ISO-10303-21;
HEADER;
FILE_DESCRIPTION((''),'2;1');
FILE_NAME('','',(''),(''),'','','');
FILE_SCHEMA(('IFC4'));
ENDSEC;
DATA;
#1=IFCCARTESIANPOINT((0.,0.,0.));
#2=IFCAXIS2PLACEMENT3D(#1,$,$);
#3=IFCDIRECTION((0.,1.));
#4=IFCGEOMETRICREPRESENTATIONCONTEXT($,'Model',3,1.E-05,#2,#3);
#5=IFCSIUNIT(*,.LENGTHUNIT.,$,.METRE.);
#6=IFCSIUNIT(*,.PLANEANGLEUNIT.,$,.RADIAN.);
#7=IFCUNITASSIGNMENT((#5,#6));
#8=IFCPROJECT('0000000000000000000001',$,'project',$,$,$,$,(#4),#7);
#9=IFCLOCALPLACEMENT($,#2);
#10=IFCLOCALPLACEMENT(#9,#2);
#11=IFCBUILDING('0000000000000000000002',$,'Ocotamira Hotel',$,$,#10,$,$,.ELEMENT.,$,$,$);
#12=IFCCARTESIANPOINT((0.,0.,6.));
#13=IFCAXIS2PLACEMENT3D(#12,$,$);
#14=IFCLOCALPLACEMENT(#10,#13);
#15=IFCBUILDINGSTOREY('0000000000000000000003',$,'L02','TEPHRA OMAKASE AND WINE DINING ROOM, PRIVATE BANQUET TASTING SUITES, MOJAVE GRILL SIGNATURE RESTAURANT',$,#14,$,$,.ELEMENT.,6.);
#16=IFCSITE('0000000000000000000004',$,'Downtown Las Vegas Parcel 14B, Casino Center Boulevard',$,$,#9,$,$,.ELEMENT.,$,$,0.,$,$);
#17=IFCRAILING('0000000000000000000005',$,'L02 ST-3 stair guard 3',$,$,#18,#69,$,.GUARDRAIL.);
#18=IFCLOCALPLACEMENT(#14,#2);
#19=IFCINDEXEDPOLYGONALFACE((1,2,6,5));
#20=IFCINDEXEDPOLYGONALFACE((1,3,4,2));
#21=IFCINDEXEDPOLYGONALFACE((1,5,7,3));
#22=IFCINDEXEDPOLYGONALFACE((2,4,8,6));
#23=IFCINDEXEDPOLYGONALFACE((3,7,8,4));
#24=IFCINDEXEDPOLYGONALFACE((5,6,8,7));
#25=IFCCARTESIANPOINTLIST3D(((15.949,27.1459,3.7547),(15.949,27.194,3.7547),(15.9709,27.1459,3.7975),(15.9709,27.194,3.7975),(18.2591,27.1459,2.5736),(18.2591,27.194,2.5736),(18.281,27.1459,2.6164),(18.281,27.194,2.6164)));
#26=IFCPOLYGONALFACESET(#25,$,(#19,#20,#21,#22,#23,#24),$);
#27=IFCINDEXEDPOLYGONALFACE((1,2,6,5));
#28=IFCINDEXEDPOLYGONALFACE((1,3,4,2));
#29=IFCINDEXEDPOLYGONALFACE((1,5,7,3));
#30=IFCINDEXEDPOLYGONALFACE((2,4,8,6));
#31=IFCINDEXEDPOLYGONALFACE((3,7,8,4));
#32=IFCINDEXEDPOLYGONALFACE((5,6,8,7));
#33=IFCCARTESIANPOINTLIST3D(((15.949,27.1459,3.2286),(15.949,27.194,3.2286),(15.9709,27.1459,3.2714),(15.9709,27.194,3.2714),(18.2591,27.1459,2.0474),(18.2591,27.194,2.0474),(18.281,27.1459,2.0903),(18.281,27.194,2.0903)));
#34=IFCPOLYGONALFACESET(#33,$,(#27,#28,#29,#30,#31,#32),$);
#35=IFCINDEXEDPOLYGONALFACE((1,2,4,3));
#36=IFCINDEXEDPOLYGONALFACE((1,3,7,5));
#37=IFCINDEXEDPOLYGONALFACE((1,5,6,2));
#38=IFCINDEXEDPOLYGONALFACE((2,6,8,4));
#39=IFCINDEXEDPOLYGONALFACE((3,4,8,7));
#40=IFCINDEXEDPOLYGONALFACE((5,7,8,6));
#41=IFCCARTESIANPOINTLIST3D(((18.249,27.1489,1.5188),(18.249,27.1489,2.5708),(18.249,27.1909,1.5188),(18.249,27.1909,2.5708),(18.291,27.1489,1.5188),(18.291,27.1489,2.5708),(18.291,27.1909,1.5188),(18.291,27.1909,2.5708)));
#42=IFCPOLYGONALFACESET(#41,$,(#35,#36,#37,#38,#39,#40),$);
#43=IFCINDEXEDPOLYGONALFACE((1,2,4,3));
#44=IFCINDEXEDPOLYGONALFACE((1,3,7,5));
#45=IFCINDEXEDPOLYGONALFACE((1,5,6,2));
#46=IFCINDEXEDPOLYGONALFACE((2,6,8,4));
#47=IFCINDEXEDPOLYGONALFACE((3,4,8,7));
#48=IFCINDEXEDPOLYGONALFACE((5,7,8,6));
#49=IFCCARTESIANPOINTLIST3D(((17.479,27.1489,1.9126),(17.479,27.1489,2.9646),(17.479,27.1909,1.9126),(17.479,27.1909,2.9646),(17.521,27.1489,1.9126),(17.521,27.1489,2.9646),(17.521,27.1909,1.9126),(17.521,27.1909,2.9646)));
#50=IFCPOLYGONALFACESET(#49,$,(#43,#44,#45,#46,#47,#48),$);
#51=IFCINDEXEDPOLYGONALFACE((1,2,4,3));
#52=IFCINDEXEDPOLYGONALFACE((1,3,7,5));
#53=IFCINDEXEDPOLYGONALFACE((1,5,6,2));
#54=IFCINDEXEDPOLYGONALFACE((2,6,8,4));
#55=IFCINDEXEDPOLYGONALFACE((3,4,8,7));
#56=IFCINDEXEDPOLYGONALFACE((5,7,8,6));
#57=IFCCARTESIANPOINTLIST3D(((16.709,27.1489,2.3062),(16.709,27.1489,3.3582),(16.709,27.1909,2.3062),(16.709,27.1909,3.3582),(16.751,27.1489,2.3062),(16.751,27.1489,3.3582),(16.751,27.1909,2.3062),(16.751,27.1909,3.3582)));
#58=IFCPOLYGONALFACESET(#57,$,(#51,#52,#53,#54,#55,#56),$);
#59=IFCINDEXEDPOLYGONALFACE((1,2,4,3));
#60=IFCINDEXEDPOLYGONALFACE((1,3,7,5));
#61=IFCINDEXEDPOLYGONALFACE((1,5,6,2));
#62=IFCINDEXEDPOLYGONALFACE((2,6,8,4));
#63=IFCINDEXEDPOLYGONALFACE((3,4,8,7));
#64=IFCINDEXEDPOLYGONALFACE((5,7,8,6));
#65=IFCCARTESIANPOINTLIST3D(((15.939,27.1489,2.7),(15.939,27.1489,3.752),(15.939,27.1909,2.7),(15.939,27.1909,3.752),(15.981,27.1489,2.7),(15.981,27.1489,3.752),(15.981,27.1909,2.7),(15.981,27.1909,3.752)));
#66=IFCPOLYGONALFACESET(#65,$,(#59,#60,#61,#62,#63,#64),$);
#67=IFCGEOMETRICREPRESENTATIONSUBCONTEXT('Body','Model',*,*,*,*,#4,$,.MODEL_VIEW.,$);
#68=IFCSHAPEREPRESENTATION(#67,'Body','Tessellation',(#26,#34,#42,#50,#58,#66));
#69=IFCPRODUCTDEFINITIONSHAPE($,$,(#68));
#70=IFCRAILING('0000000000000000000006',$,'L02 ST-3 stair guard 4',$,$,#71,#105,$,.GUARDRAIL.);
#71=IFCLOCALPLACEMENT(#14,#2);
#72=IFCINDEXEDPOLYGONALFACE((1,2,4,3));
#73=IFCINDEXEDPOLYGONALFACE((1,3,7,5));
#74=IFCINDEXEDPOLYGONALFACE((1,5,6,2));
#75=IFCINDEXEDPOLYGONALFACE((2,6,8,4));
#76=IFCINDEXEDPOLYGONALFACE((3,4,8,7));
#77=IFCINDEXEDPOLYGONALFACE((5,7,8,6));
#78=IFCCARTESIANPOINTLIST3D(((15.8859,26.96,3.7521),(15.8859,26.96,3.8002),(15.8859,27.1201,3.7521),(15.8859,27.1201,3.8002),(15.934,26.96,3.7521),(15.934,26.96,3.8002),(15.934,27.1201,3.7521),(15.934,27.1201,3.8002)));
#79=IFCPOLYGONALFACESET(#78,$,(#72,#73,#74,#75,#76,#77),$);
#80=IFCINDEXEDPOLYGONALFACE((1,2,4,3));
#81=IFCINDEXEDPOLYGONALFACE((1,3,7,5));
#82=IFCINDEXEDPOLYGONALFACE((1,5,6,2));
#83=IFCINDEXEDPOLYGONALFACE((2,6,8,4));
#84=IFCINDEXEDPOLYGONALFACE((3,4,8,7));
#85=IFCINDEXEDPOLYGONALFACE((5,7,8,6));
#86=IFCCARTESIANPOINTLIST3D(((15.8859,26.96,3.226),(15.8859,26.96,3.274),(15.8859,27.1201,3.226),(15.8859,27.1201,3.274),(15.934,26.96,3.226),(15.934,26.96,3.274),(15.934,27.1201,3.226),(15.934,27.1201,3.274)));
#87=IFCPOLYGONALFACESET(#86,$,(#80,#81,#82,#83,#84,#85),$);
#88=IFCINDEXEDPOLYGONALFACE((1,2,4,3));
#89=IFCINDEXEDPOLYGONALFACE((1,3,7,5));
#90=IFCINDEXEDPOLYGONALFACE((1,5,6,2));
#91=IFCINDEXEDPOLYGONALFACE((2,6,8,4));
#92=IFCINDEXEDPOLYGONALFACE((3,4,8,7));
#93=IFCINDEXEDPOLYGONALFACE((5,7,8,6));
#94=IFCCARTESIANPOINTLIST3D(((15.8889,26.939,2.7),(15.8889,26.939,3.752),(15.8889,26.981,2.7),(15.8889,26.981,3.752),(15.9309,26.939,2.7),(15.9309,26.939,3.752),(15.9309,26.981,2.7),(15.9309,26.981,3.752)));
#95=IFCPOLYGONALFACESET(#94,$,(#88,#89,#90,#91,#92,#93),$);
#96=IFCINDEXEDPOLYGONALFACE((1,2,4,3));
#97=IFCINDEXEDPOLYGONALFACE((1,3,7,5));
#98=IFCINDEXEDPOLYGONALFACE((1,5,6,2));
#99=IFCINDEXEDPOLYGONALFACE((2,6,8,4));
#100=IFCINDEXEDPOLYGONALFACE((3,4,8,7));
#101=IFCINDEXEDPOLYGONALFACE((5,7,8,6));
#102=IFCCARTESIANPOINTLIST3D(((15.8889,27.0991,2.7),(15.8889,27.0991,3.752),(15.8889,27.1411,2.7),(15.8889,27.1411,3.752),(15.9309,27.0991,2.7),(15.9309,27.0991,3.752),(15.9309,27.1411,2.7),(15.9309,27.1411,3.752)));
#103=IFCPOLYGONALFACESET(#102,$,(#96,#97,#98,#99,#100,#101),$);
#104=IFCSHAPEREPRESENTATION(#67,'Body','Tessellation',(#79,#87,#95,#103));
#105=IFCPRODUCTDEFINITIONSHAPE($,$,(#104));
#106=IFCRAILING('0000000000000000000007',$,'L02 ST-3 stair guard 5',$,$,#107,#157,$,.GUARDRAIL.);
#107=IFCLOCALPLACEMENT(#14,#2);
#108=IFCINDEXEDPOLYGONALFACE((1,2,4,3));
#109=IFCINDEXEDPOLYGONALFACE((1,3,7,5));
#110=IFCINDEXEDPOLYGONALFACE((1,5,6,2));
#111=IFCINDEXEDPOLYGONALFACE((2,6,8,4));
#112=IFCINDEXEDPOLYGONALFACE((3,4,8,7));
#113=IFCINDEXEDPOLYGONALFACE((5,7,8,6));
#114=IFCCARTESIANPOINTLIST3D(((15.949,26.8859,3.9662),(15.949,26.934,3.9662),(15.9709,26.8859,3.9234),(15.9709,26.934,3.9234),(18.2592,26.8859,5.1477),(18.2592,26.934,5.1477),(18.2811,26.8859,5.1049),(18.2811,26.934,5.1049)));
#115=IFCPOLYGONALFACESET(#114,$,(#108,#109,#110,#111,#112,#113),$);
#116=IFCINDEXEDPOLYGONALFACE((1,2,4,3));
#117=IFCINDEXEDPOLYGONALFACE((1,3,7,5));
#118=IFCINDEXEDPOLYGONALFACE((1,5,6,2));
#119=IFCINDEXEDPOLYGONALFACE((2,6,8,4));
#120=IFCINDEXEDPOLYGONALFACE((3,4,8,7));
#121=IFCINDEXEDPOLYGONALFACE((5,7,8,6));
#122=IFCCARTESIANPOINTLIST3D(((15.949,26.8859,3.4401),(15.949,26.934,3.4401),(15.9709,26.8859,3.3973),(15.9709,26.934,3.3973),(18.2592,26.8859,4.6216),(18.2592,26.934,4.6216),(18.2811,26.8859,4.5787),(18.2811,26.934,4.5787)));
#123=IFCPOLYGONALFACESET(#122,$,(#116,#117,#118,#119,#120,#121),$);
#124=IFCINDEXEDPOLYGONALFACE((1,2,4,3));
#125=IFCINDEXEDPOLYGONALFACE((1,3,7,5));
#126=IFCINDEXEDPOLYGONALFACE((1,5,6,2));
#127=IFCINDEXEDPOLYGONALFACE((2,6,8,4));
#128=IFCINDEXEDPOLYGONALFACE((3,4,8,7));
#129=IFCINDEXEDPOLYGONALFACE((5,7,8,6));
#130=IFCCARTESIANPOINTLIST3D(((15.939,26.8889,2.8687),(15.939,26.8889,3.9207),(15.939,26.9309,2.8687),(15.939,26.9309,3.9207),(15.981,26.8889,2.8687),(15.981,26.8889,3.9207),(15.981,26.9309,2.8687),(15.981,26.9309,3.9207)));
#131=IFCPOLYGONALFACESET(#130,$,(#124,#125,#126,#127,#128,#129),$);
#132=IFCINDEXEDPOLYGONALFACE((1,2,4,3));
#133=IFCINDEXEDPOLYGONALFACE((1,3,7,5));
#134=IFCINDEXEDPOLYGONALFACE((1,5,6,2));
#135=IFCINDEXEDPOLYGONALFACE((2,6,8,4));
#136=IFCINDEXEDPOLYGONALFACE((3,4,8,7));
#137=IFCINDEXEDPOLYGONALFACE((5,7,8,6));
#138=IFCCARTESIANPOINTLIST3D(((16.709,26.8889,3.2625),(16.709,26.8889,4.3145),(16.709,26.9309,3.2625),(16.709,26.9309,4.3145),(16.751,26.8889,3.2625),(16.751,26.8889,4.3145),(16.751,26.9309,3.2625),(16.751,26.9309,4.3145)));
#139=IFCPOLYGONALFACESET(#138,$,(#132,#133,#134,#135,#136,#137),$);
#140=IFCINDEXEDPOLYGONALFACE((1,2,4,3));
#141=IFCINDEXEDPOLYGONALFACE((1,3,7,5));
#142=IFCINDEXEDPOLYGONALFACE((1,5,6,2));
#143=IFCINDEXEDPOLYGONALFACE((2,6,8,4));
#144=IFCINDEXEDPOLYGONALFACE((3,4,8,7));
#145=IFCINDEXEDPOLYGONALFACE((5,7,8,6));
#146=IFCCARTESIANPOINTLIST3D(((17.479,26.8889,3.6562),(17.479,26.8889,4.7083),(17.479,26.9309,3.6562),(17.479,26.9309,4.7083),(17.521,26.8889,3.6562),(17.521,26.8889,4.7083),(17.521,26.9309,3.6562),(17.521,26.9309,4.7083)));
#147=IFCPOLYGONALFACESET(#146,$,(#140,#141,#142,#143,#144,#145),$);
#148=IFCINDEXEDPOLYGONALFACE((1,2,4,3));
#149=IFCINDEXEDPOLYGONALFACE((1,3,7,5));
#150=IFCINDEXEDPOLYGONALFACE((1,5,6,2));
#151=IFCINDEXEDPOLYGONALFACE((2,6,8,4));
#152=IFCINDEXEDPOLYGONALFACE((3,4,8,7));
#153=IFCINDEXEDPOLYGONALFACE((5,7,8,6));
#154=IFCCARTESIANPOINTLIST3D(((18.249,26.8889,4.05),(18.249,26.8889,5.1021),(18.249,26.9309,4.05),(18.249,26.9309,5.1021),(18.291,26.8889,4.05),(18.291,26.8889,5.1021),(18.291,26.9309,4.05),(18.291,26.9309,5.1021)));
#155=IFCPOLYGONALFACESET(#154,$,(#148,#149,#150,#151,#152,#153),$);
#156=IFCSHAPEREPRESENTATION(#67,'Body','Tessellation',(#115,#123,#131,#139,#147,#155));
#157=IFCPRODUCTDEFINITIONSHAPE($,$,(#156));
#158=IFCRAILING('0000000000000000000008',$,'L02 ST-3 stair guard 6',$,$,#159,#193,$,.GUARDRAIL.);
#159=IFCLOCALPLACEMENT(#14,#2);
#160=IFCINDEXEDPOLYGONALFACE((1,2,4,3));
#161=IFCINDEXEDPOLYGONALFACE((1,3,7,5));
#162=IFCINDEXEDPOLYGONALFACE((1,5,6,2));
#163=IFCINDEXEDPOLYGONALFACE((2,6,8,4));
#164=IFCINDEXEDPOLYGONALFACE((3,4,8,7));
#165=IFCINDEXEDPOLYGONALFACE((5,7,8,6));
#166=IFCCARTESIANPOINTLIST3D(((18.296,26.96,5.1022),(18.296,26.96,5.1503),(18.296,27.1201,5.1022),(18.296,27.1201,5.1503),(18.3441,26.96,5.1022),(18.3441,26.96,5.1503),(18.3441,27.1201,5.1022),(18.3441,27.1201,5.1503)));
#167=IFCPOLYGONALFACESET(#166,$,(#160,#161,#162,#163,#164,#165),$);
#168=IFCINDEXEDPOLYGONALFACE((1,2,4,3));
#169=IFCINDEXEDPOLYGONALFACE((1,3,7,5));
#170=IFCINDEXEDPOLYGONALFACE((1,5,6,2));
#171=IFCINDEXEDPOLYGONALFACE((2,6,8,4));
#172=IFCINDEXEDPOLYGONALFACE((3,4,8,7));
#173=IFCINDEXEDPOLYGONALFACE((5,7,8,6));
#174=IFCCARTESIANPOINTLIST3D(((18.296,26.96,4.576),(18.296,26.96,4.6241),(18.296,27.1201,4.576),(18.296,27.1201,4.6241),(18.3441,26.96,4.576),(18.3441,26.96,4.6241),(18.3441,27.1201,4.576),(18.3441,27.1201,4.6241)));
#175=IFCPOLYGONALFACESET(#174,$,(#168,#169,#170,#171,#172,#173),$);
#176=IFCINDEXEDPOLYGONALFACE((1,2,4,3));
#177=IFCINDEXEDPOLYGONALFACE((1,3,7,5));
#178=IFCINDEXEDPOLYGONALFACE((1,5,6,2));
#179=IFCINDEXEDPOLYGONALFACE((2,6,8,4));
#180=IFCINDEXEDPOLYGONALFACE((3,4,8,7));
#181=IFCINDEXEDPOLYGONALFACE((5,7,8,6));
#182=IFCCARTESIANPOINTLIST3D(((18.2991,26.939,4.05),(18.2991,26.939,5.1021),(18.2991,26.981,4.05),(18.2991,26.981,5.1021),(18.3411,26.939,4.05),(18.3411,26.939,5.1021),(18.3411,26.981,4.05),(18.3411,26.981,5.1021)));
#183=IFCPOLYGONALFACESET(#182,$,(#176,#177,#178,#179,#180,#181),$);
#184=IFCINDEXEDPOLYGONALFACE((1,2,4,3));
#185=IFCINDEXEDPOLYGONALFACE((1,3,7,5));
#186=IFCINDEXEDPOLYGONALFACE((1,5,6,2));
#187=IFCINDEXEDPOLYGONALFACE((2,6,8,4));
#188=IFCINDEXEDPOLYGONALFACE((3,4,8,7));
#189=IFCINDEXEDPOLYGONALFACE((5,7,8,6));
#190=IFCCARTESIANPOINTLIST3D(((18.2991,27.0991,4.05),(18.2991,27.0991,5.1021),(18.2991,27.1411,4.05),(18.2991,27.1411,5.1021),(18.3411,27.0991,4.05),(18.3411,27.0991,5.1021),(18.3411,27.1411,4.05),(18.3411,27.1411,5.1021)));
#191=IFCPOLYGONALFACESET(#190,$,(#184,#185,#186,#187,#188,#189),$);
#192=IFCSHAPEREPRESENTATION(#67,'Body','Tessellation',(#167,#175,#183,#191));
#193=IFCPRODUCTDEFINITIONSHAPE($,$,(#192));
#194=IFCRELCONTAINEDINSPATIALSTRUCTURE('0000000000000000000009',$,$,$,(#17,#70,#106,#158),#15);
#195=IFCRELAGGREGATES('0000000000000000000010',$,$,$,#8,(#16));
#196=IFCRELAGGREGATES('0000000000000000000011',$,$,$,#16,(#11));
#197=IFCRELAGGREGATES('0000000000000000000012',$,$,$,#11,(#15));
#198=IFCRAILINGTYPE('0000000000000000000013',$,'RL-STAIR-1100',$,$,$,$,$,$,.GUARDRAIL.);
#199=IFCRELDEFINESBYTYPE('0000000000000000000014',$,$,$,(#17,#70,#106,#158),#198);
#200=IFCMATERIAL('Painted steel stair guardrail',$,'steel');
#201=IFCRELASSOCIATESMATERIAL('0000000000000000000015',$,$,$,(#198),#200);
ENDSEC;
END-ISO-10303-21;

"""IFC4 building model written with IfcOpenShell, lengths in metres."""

from ifc_helpers import new_model, si_unit, direction, frame, origin, origin_2d, place, context, subcontext, project, spatial, rectangle, extrude, material, type_object, element, save


model = new_model("IFC4")

# Units and contexts
model_context = context("Model", 3, precision=1e-05, world=origin(), true_north=direction((0.0, 1.0)))
body_context = subcontext(model_context, "Body", "Model", "MODEL_VIEW")
ifc_project = project(units=[si_unit("LENGTHUNIT", "METRE"), si_unit("PLANEANGLEUNIT", "RADIAN")], contexts=[model_context])

# Site, building, storey
site_placement = place(None, origin())
site = spatial("IfcSite", under=ifc_project, at=site_placement, Name="Downtown Las Vegas Parcel 14B, Casino Center Boulevard", CompositionType="ELEMENT", RefElevation=0.0)
building_placement = place(site_placement, origin())
building = spatial("IfcBuilding", under=site, at=building_placement, Name="Ocotamira Hotel", CompositionType="ELEMENT")
storey_placement = place(building_placement, frame((0.0, 0.0, 6.0)))
storey = spatial("IfcBuildingStorey", under=building, at=storey_placement, Name="L02", Description="TEPHRA OMAKASE AND WINE DINING ROOM, PRIVATE BANQUET TASTING SUITES, MOJAVE GRILL SIGNATURE RESTAURANT", CompositionType="ELEMENT", Elevation=6.0)

# Railings
ifc_material_1 = material(Name="Painted steel stair guardrail", Category="steel")
railing_type_1 = type_object("IfcRailingType", Name="RL-STAIR-1100", PredefinedType="GUARDRAIL", material=ifc_material_1)
railing_1_placement = place(storey_placement, frame((18.27, 27.1699, 1.5188)))
element("IfcRailing", 1, at=railing_1_placement, inside=storey, type_object=railing_type_1, Name="L02 ST-3 stair guard 3", PredefinedType="GUARDRAIL", context=body_context, shape_type="SweptSolid", body=[
    extrude(rectangle(XDim=0.0481, YDim=0.0481, at=origin_2d()), frame((0.0, 0.0, 1.0762), z_axis=(-0.890363, 0.0, 0.45525), x_axis=(0.0, -1.0, 0.0)), (0.0, 0.0, 1.0), 2.5945),
    extrude(rectangle(XDim=0.0481, YDim=0.0481, at=origin_2d()), frame((0.0, 0.0, 0.55), z_axis=(-0.890363, 0.0, 0.45525), x_axis=(0.0, -1.0, 0.0)), (0.0, 0.0, 1.0), 2.5945),
    extrude(rectangle(XDim=0.042, YDim=0.042, at=origin_2d()), origin(), (0.0, 0.0, 1.0), 1.052),
    extrude(rectangle(XDim=0.042, YDim=0.042, at=origin_2d()), frame((-0.77, 0.0, 0.3938)), (0.0, 0.0, 1.0), 1.052),
    extrude(rectangle(XDim=0.042, YDim=0.042, at=origin_2d()), frame((-1.54, 0.0, 0.7874)), (0.0, 0.0, 1.0), 1.052),
    extrude(rectangle(XDim=0.042, YDim=0.042, at=origin_2d()), frame((-2.3101, 0.0, 1.1812)), (0.0, 0.0, 1.0), 1.052),
])
railing_2_placement = place(storey_placement, frame((15.9099, 26.96, 2.7)))
element("IfcRailing", 2, at=railing_2_placement, inside=storey, type_object=railing_type_1, Name="L02 ST-3 stair guard 4", PredefinedType="GUARDRAIL", context=body_context, shape_type="SweptSolid", body=[
    extrude(rectangle(XDim=0.0481, YDim=0.0481, at=origin_2d()), frame((0.0, 0.0, 1.0762), z_axis=(0.0, 1.0, 0.0), x_axis=(-1.0, 0.0, 0.0)), (0.0, 0.0, 1.0), 0.1602),
    extrude(rectangle(XDim=0.0481, YDim=0.0481, at=origin_2d()), frame((0.0, 0.0, 0.55), z_axis=(0.0, 1.0, 0.0), x_axis=(-1.0, 0.0, 0.0)), (0.0, 0.0, 1.0), 0.1602),
    extrude(rectangle(XDim=0.042, YDim=0.042, at=origin_2d()), origin(), (0.0, 0.0, 1.0), 1.052),
    extrude(rectangle(XDim=0.042, YDim=0.042, at=origin_2d()), frame((0.0, 0.1602, 0.0)), (0.0, 0.0, 1.0), 1.052),
])
railing_3_placement = place(storey_placement, frame((15.96, 26.9099, 2.8687)))
element("IfcRailing", 3, at=railing_3_placement, inside=storey, type_object=railing_type_1, Name="L02 ST-3 stair guard 5", PredefinedType="GUARDRAIL", context=body_context, shape_type="SweptSolid", body=[
    extrude(rectangle(XDim=0.0481, YDim=0.0481, at=origin_2d()), frame((0.0, 0.0, 1.0762), z_axis=(0.890325, 0.0, 0.455325), x_axis=(0.0, 1.0, 0.0)), (0.0, 0.0, 1.0), 2.5947),
    extrude(rectangle(XDim=0.0481, YDim=0.0481, at=origin_2d()), frame((0.0, 0.0, 0.55), z_axis=(0.890325, 0.0, 0.455325), x_axis=(0.0, 1.0, 0.0)), (0.0, 0.0, 1.0), 2.5947),
    extrude(rectangle(XDim=0.042, YDim=0.042, at=origin_2d()), origin(), (0.0, 0.0, 1.0), 1.052),
    extrude(rectangle(XDim=0.042, YDim=0.042, at=origin_2d()), frame((0.77, 0.0, 0.3938)), (0.0, 0.0, 1.0), 1.052),
    extrude(rectangle(XDim=0.042, YDim=0.042, at=origin_2d()), frame((1.54, 0.0, 0.7876)), (0.0, 0.0, 1.0), 1.052),
    extrude(rectangle(XDim=0.042, YDim=0.042, at=origin_2d()), frame((2.3101, 0.0, 1.1814)), (0.0, 0.0, 1.0), 1.052),
])
railing_4_placement = place(storey_placement, frame((18.3201, 26.96, 4.05)))
element("IfcRailing", 4, at=railing_4_placement, inside=storey, type_object=railing_type_1, Name="L02 ST-3 stair guard 6", PredefinedType="GUARDRAIL", context=body_context, shape_type="SweptSolid", body=[
    extrude(rectangle(XDim=0.0481, YDim=0.0481, at=origin_2d()), frame((0.0, 0.0, 1.0762), z_axis=(0.0, 1.0, 0.0), x_axis=(-1.0, 0.0, 0.0)), (0.0, 0.0, 1.0), 0.1602),
    extrude(rectangle(XDim=0.0481, YDim=0.0481, at=origin_2d()), frame((0.0, 0.0, 0.55), z_axis=(0.0, 1.0, 0.0), x_axis=(-1.0, 0.0, 0.0)), (0.0, 0.0, 1.0), 0.1602),
    extrude(rectangle(XDim=0.042, YDim=0.042, at=origin_2d()), origin(), (0.0, 0.0, 1.0), 1.052),
    extrude(rectangle(XDim=0.042, YDim=0.042, at=origin_2d()), frame((0.0, 0.1602, 0.0)), (0.0, 0.0, 1.0), 1.052),
])

save(model, "model.ifc")
